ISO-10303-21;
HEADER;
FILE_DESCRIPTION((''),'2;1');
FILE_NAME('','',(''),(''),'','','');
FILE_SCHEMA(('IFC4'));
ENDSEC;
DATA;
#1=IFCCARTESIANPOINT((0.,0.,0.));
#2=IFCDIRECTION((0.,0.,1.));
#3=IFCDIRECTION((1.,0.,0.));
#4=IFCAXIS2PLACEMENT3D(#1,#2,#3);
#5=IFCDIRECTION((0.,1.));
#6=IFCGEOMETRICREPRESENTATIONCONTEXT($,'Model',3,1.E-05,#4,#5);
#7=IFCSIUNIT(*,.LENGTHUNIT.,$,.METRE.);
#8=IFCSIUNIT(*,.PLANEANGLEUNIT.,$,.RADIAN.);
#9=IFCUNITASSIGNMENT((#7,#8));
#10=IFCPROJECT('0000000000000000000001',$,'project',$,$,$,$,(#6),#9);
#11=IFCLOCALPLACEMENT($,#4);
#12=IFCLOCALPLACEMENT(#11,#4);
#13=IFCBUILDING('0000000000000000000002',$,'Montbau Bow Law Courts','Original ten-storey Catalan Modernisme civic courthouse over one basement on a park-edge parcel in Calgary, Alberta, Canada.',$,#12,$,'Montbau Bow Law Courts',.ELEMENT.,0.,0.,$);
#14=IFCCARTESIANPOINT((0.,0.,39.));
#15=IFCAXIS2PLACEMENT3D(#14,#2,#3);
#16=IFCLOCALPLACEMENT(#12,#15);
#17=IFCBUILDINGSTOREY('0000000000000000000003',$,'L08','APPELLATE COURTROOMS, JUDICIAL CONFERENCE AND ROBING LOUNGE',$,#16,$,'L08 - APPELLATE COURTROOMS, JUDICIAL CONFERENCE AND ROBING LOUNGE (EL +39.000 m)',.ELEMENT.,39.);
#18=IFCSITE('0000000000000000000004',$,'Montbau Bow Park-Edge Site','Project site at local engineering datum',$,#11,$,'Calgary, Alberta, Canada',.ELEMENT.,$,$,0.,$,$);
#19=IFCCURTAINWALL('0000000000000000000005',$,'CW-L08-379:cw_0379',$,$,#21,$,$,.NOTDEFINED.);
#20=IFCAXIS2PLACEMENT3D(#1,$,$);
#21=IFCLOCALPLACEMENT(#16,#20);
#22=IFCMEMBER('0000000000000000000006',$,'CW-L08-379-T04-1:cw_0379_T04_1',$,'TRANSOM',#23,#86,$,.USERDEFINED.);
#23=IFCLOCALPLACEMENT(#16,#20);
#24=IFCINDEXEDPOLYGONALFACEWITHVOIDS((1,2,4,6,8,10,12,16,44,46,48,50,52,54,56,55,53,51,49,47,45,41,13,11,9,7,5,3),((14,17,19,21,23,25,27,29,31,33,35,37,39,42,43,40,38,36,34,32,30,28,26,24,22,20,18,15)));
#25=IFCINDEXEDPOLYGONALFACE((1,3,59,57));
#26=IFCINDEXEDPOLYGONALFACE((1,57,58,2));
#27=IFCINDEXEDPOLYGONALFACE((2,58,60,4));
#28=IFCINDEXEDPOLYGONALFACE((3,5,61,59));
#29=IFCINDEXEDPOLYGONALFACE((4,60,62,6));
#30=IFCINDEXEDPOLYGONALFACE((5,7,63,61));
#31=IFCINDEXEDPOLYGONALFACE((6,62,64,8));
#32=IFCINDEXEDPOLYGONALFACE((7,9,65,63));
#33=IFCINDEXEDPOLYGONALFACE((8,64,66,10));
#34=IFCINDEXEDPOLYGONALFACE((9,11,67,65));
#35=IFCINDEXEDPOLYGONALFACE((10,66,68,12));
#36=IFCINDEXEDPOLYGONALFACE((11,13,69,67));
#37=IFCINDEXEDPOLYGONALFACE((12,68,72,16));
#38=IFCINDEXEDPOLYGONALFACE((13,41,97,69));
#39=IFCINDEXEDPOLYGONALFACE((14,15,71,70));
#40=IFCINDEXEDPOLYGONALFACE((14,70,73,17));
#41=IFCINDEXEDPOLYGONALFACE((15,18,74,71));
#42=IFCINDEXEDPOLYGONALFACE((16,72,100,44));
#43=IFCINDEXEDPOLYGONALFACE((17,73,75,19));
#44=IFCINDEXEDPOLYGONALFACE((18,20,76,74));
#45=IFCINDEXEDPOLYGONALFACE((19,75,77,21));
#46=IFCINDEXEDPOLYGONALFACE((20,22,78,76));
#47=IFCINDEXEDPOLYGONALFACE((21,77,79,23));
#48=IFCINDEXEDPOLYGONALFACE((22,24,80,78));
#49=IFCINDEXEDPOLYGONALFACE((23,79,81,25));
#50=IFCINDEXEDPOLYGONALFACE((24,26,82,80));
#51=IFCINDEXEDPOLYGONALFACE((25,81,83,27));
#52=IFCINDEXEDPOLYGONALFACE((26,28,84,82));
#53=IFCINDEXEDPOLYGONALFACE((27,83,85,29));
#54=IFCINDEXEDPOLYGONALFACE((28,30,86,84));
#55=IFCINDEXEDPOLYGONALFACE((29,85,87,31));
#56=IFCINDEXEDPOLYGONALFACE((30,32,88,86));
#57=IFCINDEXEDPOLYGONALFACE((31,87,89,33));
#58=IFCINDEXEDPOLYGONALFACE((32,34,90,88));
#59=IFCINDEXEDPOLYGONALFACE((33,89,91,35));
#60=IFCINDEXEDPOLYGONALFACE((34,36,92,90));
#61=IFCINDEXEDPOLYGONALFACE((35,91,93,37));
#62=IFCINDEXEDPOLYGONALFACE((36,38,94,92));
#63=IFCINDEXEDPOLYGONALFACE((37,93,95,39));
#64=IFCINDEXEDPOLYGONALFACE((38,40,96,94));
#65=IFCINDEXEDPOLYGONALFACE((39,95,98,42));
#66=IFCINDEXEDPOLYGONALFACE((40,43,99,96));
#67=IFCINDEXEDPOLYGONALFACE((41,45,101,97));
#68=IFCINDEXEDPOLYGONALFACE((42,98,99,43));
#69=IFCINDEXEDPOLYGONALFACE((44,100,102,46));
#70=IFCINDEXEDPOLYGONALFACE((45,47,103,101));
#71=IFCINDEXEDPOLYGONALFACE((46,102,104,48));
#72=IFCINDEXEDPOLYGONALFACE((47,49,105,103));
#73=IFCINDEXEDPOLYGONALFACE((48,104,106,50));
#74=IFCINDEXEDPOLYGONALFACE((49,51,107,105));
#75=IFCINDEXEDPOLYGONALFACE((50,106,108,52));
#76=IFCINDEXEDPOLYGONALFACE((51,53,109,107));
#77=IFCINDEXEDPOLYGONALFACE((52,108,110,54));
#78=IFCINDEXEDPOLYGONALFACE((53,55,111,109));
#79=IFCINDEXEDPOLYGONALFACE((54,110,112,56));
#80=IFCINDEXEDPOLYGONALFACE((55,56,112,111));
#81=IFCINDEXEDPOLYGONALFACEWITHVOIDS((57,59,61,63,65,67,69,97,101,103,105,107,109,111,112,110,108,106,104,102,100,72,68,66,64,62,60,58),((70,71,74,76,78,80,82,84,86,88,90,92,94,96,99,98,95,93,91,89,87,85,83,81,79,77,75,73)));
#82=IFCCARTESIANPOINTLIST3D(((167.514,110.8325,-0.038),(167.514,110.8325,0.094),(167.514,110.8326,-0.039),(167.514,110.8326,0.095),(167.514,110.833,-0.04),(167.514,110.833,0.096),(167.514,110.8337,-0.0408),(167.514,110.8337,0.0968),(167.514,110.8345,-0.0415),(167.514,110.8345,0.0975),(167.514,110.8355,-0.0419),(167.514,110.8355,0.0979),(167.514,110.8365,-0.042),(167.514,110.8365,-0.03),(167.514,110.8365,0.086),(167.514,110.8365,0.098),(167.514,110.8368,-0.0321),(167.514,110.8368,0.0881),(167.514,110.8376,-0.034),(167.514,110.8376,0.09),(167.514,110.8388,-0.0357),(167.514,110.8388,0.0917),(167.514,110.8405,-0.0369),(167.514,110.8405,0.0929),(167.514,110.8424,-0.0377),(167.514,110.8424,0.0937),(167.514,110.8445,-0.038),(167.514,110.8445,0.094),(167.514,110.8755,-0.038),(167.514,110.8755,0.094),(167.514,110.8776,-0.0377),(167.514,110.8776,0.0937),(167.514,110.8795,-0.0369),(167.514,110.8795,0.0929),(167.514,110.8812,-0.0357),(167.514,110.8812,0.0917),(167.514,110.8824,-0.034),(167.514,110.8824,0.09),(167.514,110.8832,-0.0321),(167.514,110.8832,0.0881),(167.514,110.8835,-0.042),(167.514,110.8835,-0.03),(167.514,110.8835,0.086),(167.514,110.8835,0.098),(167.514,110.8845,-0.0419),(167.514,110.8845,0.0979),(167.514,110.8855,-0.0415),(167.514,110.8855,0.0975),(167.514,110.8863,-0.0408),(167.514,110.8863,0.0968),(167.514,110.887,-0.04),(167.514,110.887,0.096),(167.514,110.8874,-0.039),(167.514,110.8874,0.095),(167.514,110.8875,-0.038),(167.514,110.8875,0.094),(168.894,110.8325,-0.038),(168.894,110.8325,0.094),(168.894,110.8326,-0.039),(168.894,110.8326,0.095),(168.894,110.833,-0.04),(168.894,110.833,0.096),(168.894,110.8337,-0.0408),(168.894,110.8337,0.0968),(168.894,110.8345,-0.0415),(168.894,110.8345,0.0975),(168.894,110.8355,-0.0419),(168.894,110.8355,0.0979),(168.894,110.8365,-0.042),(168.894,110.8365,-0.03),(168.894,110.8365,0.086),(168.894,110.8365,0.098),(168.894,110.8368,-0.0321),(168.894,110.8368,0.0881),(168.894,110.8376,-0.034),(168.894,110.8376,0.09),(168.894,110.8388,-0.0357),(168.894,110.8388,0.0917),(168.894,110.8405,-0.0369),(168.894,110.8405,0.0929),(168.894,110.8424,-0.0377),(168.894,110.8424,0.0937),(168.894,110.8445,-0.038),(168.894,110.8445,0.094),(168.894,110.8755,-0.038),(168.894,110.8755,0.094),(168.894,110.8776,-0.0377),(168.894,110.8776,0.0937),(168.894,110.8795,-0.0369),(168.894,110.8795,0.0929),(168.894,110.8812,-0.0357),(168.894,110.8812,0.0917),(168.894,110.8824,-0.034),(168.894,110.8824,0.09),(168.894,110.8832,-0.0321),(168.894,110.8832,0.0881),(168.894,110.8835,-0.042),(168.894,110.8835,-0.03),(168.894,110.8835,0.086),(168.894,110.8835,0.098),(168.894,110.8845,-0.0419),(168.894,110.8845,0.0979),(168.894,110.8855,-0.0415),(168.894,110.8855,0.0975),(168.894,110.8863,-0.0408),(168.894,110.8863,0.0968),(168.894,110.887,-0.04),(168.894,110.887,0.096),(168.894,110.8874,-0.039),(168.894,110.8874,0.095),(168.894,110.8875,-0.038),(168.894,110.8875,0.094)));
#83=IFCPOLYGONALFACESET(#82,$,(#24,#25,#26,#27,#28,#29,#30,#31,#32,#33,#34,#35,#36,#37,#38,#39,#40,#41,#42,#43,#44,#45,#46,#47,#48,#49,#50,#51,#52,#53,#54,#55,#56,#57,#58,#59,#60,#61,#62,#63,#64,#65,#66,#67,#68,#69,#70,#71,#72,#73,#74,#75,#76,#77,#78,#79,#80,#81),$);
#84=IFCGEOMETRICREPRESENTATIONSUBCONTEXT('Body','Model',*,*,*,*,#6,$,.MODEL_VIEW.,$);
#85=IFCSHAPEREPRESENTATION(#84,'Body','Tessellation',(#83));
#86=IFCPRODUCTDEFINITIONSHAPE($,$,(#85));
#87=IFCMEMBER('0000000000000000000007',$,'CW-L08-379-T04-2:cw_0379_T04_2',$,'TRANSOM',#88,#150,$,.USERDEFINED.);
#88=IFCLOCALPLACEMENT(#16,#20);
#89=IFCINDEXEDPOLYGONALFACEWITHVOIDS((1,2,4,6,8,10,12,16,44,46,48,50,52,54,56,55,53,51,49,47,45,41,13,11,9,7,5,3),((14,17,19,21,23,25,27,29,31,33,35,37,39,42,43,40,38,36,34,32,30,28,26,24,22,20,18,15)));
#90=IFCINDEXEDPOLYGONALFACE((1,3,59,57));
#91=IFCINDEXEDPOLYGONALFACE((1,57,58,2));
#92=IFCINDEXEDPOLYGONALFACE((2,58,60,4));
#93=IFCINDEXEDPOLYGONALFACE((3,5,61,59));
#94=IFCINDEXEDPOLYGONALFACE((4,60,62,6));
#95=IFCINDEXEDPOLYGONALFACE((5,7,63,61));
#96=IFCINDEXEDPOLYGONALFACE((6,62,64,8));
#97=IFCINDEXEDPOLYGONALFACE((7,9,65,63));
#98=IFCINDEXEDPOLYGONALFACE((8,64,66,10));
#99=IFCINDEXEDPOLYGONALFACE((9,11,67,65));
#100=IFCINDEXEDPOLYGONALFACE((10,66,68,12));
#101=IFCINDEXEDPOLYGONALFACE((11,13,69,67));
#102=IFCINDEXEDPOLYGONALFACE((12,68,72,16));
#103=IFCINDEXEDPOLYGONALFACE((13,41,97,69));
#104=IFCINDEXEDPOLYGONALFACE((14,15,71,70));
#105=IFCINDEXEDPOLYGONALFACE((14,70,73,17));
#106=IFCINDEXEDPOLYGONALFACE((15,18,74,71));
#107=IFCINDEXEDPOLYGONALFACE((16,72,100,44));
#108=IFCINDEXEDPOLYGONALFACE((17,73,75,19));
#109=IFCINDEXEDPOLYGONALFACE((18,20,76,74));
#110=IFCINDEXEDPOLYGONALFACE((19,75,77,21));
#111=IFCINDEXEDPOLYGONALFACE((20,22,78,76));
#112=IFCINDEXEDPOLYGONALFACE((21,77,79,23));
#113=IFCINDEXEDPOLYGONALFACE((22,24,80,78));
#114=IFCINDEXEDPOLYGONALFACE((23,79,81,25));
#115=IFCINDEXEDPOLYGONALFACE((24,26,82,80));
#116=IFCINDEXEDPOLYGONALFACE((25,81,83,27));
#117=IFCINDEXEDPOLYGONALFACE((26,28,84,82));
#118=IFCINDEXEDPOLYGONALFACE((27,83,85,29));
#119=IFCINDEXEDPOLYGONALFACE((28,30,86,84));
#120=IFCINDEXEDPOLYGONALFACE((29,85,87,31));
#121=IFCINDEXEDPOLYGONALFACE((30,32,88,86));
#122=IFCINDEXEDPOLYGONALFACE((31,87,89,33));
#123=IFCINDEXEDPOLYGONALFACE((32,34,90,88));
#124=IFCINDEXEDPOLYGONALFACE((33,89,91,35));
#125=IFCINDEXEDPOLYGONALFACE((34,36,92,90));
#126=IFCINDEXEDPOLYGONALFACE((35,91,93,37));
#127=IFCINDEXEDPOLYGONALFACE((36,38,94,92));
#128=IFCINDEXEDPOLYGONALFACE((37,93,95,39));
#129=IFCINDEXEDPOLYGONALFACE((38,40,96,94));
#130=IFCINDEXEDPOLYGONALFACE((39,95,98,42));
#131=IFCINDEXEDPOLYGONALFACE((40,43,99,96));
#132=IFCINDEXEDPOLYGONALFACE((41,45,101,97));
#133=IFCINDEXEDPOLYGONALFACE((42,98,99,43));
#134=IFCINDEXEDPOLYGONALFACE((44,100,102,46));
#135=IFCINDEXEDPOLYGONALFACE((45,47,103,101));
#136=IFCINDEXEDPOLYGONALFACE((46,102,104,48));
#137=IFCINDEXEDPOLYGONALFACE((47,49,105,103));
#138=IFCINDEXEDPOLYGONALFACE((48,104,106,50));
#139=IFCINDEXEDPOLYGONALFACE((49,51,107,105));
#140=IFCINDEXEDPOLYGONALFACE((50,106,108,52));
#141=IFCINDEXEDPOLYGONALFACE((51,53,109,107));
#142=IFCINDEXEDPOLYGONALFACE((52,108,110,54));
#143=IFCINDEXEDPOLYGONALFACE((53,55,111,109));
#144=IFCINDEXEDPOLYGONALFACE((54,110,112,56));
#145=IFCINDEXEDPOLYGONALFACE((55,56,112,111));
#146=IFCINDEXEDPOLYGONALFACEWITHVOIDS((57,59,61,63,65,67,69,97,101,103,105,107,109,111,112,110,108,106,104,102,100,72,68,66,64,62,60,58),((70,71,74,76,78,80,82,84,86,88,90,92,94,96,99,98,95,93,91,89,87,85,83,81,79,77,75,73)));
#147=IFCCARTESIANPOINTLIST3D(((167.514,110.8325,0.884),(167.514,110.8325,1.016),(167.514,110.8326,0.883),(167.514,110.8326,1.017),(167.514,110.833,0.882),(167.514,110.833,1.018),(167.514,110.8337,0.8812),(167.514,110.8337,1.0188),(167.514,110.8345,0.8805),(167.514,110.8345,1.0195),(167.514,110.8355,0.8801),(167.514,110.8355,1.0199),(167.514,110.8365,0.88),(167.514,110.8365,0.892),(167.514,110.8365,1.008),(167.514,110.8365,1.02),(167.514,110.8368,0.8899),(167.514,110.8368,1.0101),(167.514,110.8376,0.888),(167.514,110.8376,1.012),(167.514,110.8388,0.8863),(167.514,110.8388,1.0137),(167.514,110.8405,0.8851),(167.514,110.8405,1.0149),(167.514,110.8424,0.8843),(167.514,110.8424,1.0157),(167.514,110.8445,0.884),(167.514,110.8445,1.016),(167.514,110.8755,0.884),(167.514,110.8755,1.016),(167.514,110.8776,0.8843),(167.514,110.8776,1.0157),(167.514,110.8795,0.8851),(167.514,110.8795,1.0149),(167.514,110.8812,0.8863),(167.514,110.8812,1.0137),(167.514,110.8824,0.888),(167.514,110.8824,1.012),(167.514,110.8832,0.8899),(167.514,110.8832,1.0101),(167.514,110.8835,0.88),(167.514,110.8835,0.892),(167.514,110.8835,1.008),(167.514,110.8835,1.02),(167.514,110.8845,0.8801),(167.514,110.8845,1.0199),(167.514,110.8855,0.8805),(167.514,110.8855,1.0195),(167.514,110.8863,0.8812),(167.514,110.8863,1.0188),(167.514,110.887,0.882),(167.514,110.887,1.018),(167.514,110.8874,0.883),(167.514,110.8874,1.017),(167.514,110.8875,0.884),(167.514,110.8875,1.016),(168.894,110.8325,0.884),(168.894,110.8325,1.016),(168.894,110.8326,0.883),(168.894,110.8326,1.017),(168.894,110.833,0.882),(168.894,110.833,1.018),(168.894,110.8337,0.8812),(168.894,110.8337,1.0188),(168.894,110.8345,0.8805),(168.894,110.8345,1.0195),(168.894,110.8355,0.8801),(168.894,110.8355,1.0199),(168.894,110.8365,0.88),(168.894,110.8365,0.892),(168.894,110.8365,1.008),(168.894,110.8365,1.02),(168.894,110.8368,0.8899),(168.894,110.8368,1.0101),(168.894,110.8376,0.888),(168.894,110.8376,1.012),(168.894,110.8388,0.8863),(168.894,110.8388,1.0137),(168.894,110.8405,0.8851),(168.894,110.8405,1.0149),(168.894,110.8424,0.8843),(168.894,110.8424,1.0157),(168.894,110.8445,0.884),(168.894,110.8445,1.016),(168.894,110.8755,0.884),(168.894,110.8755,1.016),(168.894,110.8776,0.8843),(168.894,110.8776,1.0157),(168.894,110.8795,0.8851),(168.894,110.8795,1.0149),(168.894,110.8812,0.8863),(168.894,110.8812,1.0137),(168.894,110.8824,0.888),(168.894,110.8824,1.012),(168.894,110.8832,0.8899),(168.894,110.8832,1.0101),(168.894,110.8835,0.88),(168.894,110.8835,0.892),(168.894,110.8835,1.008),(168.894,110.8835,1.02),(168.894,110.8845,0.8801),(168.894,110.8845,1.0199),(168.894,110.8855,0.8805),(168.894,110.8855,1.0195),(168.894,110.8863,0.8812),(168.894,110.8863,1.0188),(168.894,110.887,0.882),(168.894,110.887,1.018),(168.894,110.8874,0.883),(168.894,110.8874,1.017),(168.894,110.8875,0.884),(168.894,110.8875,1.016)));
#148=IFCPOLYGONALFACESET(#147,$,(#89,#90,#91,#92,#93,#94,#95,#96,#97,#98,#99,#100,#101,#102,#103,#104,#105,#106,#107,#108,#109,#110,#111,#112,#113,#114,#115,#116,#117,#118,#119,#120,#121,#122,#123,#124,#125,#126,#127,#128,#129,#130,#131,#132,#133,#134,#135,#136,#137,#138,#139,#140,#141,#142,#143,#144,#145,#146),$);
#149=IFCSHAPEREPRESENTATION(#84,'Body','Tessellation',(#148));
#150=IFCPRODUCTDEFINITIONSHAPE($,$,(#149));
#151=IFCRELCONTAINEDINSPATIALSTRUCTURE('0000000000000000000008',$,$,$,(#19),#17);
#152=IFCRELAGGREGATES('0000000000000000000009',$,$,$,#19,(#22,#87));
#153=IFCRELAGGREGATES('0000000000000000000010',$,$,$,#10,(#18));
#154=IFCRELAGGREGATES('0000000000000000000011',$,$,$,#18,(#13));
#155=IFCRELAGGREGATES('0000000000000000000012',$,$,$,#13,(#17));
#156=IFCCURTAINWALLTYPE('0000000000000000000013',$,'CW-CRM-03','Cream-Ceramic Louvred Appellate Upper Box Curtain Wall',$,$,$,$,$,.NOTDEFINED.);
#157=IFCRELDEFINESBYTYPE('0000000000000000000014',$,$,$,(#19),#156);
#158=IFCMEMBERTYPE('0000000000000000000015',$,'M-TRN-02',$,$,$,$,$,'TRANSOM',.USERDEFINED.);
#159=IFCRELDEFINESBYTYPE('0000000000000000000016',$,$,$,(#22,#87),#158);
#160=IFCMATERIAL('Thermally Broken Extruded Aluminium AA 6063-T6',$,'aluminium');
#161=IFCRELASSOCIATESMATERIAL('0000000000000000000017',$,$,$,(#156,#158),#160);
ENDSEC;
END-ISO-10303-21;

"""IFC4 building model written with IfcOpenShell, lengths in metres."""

from ifc_helpers import new_model, si_unit, direction, frame, origin_with_axes, origin_2d_with_axis, place, context, subcontext, project, spatial, hollow_rectangle, extrude, material, material_profile, profile_set, type_object, element, aggregate, save


model = new_model("IFC4")

# Units and contexts
model_context = context("Model", 3, precision=1e-05, world=origin_with_axes(), true_north=direction((0.0, 1.0)))
body_context = subcontext(model_context, "Body", "Model", "MODEL_VIEW")
ifc_project = project(units=[si_unit("LENGTHUNIT", "METRE"), si_unit("PLANEANGLEUNIT", "RADIAN")], contexts=[model_context])

# Site, building, storey
site_placement = place(None, origin_with_axes())
site = spatial("IfcSite", under=ifc_project, at=site_placement, Name="Montbau Bow Park-Edge Site", Description="Project site at local engineering datum", LongName="Calgary, Alberta, Canada", CompositionType="ELEMENT", RefElevation=0.0)
building_placement = place(site_placement, origin_with_axes())
building = spatial("IfcBuilding", under=site, at=building_placement, Name="Montbau Bow Law Courts", Description="Original ten-storey Catalan Modernisme civic courthouse over one basement on a park-edge parcel in Calgary, Alberta, Canada.", LongName="Montbau Bow Law Courts", CompositionType="ELEMENT", ElevationOfRefHeight=0.0, ElevationOfTerrain=0.0)
storey_placement = place(building_placement, frame((0.0, 0.0, 39.0), z_axis=(0.0, 0.0, 1.0), x_axis=(1.0, 0.0, 0.0)))
storey = spatial("IfcBuildingStorey", under=building, at=storey_placement, Name="L08", Description="APPELLATE COURTROOMS, JUDICIAL CONFERENCE AND ROBING LOUNGE", LongName="L08 - APPELLATE COURTROOMS, JUDICIAL CONFERENCE AND ROBING LOUNGE (EL +39.000 m)", CompositionType="ELEMENT", Elevation=39.0)

# Curtain wall
ifc_material_1 = material(Name="Thermally Broken Extruded Aluminium AA 6063-T6", Category="aluminium")
curtain_wall_type = type_object("IfcCurtainWallType", Name="CW-CRM-03", Description="Cream-Ceramic Louvred Appellate Upper Box Curtain Wall", PredefinedType="NOTDEFINED", material=ifc_material_1)
curtain_wall_1_placement = place(None, frame((163.04, 110.86, 39.0), z_axis=(0.0, 0.0, 1.0), x_axis=(1.0, 0.0, 0.0)))
curtain_wall_1 = element("IfcCurtainWall", 1, at=curtain_wall_1_placement, inside=storey, type_object=curtain_wall_type, Name="CW-L08-379:cw_0379", PredefinedType="NOTDEFINED")

# Members
ifc_material_profile_1 = material_profile(ifc_material_1, hollow_rectangle(XDim=0.055, YDim=0.14, WallThickness=0.004, InnerFilletRadius=0.008, OuterFilletRadius=0.004, at=origin_2d_with_axis()), Name="CWT-140X55", Category="Main", Priority=0)
ifc_profile_set_1 = profile_set([ifc_material_profile_1], Name="Thermally Broken Extruded Aluminium AA 6063-T6")
member_type_1 = type_object("IfcMemberType", Name="M-TRN-02", ElementType="TRANSOM", PredefinedType="USERDEFINED", material=ifc_profile_set_1)
member_1_placement = place(None, frame((167.514, 110.86, 39.028), z_axis=(1.0, 0.0, 0.0), x_axis=(0.0, 1.0, 0.0)))
member_1 = element("IfcMember", 2, at=member_1_placement, type_object=member_type_1, Name="CW-L08-379-T04-1:cw_0379_T04_1", ObjectType="TRANSOM", PredefinedType="USERDEFINED", context=body_context, shape_type="SweptSolid", body=[
    extrude(hollow_rectangle(XDim=0.055, YDim=0.14, WallThickness=0.004, InnerFilletRadius=0.008, OuterFilletRadius=0.004, at=origin_2d_with_axis()), origin_with_axes(), (0.0, 0.0, 1.0), 1.38),
])
member_2_placement = place(None, frame((167.514, 110.86, 39.95), z_axis=(1.0, 0.0, 0.0), x_axis=(0.0, 1.0, 0.0)))
member_2 = element("IfcMember", 3, at=member_2_placement, type_object=member_type_1, Name="CW-L08-379-T04-2:cw_0379_T04_2", ObjectType="TRANSOM", PredefinedType="USERDEFINED", context=body_context, shape_type="SweptSolid", body=[
    extrude(hollow_rectangle(XDim=0.055, YDim=0.14, WallThickness=0.004, InnerFilletRadius=0.008, OuterFilletRadius=0.004, at=origin_2d_with_axis()), origin_with_axes(), (0.0, 0.0, 1.0), 1.38),
])

aggregate(curtain_wall_1, [member_1, member_2])

save(model, "model.ifc")
